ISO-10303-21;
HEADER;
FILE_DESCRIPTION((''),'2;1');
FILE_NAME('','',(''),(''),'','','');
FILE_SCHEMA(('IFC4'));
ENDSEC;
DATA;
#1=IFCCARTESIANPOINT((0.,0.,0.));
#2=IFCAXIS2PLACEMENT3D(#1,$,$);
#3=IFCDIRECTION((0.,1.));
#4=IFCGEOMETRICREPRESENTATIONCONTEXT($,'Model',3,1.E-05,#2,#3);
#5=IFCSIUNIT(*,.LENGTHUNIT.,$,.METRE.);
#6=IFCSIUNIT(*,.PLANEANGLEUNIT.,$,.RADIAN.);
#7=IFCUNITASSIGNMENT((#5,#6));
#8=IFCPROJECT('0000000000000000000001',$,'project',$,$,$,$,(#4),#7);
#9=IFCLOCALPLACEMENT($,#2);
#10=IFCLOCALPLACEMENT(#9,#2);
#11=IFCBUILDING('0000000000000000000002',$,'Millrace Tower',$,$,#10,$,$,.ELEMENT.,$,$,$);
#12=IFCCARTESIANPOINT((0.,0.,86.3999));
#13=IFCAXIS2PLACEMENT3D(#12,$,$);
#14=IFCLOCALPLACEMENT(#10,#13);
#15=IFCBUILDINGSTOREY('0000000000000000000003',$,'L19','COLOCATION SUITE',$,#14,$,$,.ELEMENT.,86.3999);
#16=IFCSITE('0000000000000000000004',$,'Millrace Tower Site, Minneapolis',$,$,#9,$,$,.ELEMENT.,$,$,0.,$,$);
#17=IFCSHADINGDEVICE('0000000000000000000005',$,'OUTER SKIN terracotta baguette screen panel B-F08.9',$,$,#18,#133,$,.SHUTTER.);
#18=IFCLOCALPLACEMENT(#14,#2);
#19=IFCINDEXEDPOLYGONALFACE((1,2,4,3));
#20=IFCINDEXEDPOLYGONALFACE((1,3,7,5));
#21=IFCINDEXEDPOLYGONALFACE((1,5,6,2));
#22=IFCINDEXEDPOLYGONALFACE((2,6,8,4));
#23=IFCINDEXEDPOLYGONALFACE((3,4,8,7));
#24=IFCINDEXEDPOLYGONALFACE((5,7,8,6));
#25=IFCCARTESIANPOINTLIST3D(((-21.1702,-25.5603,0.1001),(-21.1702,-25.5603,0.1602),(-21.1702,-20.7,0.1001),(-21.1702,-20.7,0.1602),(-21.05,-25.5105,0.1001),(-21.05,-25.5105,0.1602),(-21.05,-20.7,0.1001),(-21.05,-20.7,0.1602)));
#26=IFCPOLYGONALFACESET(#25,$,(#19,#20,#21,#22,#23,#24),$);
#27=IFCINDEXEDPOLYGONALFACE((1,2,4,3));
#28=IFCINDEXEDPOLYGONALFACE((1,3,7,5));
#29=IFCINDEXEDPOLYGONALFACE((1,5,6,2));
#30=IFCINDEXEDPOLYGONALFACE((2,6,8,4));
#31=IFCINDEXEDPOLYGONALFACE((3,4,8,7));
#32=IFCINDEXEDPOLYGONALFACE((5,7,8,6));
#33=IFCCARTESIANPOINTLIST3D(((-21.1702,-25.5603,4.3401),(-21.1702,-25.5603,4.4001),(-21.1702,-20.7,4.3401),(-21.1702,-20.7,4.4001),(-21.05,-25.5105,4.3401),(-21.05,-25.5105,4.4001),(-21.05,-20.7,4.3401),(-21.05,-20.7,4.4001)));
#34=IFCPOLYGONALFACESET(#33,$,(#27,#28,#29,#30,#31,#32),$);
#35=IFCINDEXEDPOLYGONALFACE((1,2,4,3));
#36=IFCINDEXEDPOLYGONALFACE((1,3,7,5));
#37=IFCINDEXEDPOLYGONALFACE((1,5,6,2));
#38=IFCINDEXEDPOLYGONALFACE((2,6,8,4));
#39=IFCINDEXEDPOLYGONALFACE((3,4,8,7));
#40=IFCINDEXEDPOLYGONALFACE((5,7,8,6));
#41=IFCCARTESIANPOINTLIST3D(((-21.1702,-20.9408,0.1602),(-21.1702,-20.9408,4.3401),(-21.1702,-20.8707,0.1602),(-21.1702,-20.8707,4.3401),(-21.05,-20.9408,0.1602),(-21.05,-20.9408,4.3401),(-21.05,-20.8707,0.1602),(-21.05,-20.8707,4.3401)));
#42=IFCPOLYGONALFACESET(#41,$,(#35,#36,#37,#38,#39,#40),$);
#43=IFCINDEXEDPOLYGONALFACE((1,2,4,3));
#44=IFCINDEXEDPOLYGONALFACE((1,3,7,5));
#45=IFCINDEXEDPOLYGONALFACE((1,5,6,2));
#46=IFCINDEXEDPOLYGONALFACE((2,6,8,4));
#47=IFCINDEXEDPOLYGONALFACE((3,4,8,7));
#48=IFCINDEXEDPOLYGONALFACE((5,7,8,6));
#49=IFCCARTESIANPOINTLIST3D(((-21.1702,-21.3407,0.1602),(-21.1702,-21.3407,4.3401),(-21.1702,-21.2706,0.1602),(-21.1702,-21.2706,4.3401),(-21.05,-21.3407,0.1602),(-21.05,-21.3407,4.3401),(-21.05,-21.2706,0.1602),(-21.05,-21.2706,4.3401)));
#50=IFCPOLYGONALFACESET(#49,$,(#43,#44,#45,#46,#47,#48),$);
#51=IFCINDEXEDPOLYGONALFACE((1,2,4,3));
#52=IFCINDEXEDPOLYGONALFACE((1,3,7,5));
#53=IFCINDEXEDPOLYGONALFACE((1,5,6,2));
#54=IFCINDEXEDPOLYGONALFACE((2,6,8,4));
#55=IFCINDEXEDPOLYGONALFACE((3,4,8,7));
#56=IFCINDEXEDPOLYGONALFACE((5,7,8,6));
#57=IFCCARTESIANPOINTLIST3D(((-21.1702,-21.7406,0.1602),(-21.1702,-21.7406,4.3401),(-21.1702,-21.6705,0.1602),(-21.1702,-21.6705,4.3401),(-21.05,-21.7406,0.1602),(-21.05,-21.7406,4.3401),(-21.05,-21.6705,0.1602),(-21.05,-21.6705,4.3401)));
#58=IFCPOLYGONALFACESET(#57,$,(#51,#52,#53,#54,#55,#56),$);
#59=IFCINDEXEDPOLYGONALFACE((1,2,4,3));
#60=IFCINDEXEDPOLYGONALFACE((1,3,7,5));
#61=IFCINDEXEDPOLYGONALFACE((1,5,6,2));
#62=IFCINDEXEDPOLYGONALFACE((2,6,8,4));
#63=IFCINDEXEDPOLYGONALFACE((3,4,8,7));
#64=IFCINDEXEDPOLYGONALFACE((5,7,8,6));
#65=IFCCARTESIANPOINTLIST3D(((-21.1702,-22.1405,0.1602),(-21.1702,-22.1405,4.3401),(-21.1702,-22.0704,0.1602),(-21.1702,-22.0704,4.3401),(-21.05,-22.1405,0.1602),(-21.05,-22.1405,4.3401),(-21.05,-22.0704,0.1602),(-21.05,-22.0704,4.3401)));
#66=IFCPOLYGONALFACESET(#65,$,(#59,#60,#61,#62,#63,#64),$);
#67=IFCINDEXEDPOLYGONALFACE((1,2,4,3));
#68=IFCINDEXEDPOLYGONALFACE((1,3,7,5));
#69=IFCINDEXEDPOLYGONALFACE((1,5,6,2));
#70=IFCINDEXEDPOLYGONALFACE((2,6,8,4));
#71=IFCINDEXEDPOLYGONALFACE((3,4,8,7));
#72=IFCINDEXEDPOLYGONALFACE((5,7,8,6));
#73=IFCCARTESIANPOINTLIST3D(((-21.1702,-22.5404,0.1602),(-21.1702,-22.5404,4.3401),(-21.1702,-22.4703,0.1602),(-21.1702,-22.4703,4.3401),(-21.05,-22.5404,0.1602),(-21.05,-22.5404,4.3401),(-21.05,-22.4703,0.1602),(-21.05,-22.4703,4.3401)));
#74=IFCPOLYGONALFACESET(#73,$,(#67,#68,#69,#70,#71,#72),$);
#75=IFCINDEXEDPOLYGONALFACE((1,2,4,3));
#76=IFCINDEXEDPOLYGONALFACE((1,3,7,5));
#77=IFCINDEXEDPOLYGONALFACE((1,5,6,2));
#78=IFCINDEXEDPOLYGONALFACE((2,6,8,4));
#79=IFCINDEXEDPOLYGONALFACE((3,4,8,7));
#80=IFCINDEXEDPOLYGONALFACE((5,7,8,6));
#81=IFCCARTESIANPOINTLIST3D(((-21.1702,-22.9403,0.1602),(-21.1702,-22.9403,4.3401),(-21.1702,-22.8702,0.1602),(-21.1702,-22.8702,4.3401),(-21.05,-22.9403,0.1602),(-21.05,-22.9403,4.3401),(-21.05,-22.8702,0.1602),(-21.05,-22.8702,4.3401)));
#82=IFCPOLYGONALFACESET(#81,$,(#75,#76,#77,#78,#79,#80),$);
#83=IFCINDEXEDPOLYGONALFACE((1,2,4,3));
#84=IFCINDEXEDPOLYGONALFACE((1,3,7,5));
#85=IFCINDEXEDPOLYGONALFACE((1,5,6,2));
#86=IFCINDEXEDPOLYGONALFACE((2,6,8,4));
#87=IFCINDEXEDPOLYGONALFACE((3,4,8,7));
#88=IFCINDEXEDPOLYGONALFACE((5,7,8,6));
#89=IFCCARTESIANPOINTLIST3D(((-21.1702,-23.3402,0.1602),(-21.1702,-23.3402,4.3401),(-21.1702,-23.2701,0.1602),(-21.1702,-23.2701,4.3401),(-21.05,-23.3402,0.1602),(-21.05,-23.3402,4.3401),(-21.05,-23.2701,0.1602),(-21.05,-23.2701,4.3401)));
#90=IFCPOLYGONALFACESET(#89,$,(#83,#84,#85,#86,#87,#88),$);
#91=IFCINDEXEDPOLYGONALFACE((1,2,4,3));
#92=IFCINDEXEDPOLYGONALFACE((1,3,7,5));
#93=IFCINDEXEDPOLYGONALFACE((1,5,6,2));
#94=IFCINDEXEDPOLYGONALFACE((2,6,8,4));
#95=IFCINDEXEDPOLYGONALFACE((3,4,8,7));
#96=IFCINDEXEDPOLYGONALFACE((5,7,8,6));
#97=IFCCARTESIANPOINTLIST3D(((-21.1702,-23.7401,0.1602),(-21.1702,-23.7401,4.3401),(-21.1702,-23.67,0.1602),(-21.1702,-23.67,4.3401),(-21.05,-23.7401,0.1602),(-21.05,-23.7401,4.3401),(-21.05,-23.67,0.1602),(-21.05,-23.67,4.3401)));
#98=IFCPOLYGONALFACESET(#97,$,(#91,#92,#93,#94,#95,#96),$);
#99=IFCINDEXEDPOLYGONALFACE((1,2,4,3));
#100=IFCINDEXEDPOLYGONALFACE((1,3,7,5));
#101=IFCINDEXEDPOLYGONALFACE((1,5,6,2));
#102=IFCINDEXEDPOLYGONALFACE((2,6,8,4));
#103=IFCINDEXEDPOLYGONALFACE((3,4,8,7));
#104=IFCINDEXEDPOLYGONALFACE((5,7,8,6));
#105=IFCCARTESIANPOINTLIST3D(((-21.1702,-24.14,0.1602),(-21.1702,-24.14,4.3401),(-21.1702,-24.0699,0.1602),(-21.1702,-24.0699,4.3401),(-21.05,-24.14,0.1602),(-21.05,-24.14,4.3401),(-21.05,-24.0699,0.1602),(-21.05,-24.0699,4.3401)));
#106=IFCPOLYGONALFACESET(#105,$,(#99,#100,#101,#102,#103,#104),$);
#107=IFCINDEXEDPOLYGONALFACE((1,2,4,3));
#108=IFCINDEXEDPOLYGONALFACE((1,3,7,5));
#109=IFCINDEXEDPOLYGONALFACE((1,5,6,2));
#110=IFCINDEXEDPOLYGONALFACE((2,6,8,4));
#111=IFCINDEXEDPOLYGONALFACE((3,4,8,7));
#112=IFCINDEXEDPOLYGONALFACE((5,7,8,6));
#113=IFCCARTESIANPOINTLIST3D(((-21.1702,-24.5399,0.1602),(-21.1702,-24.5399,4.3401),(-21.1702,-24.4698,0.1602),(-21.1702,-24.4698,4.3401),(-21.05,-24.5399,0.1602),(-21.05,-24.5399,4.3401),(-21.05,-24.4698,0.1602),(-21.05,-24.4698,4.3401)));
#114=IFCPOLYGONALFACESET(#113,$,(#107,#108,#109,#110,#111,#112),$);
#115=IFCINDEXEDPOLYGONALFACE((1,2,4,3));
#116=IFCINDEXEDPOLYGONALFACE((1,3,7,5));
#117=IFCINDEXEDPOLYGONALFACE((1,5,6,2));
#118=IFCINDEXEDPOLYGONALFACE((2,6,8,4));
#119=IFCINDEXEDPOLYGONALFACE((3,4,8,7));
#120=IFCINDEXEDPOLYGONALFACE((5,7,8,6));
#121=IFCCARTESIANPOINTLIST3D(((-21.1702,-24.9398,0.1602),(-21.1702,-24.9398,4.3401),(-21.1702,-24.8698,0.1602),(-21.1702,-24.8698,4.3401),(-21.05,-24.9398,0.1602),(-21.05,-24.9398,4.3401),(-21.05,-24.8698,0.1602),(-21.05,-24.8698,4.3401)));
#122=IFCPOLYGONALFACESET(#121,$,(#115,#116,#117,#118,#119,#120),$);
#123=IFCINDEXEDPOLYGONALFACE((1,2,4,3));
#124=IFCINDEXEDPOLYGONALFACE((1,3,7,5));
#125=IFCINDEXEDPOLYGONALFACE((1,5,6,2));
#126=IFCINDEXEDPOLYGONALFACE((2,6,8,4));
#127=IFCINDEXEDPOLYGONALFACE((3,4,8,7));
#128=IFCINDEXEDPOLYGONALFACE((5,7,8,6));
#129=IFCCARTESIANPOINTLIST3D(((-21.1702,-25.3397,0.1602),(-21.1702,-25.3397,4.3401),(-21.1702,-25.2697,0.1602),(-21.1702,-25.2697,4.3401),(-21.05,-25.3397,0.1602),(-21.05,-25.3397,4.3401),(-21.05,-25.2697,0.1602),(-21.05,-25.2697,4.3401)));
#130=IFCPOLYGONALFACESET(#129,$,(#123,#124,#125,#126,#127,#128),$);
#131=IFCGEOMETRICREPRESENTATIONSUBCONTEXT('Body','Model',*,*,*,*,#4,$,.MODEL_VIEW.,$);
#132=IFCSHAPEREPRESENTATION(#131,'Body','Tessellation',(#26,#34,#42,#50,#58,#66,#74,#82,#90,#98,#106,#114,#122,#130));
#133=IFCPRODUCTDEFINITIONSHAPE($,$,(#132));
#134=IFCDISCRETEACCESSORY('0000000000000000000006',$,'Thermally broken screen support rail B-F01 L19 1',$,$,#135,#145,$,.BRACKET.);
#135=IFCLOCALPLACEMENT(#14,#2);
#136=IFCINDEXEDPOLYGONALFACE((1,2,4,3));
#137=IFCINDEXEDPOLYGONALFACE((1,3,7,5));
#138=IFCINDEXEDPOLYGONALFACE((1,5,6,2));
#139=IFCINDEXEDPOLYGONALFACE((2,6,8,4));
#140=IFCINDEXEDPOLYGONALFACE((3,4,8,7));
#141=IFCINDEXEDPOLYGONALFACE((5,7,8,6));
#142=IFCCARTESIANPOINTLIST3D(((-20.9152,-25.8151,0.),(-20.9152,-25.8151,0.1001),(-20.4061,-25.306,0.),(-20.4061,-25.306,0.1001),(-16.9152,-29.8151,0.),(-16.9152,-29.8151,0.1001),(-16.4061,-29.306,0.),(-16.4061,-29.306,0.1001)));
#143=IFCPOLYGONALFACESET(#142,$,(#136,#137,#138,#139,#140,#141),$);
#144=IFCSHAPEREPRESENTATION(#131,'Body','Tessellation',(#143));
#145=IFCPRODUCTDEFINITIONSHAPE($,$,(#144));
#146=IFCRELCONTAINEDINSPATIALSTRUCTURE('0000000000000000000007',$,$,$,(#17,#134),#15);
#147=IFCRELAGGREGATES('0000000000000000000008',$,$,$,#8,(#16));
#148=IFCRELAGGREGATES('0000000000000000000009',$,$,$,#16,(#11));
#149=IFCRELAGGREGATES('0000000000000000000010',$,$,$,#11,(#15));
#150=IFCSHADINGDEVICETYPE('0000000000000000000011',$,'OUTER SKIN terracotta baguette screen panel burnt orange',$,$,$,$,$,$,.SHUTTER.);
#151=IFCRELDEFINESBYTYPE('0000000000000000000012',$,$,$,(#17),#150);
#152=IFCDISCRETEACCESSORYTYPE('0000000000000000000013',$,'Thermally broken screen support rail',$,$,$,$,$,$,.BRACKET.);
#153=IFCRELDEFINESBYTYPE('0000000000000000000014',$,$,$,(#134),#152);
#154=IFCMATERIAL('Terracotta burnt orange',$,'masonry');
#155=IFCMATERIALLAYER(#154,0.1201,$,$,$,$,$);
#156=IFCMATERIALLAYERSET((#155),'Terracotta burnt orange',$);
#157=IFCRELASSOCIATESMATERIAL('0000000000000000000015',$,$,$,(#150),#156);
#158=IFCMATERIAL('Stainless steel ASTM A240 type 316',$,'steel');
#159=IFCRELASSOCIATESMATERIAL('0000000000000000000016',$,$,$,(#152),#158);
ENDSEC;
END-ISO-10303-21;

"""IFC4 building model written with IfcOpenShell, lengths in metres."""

from ifc_helpers import new_model, entity, si_unit, direction, frame, frame_2d, origin, origin_2d, place, context, subcontext, project, spatial, rectangle, extrude, source, transform, mapped, material, layer, layer_set, type_object, element, save


model = new_model("IFC4")

# Units and contexts
model_context = context("Model", 3, precision=1e-05, world=origin(), true_north=direction((0.0, 1.0)))
body_context = subcontext(model_context, "Body", "Model", "MODEL_VIEW")
ifc_project = project(units=[si_unit("LENGTHUNIT", "METRE"), si_unit("PLANEANGLEUNIT", "RADIAN")], contexts=[model_context])

# Site, building, storey
site_placement = place(None, origin())
site = spatial("IfcSite", under=ifc_project, at=site_placement, Name="Millrace Tower Site, Minneapolis", CompositionType="ELEMENT", RefElevation=0.0)
building_placement = place(site_placement, origin())
building = spatial("IfcBuilding", under=site, at=building_placement, Name="Millrace Tower", CompositionType="ELEMENT")
storey_placement = place(building_placement, frame((0.0, 0.0, 86.3999)))
storey = spatial("IfcBuildingStorey", under=building, at=storey_placement, Name="L19", Description="COLOCATION SUITE", CompositionType="ELEMENT", Elevation=86.3999)

# Shading device
ifc_material_1 = material(Name="Terracotta burnt orange", Category="masonry")
ifc_layer_1 = layer(ifc_material_1, 0.1201)
ifc_layer_set_1 = layer_set([ifc_layer_1], Name="Terracotta burnt orange")
shading_device_type = type_object("IfcShadingDeviceType", Name="OUTER SKIN terracotta baguette screen panel burnt orange", PredefinedType="SHUTTER", material=ifc_layer_set_1)
cartesian_point_1 = entity("IfcCartesianPoint", [-2.4177, 0.0601])
shared_polyline_1 = entity("IfcPolyline", [cartesian_point_1, entity("IfcCartesianPoint", [2.3928, 0.0601]), entity("IfcCartesianPoint", [2.4426, -0.0601]), entity("IfcCartesianPoint", [-2.4177, -0.0601]), cartesian_point_1])
shared_shape_1 = source(origin(), body_context, "Body", "SweptSolid", [
    entity("IfcExtrudedAreaSolid", entity("IfcArbitraryClosedProfileDef", "AREA", None, shared_polyline_1), entity("IfcAxis2Placement3D", entity("IfcCartesianPoint", [0.0, 0.0, 0.0])), entity("IfcDirection", [0.0, 0.0, 1.0]), 0.0601),
    entity("IfcExtrudedAreaSolid", entity("IfcArbitraryClosedProfileDef", "AREA", None, shared_polyline_1), entity("IfcAxis2Placement3D", entity("IfcCartesianPoint", [0.0, 0.0, 4.24])), entity("IfcDirection", [0.0, 0.0, 1.0]), 0.0601),
    extrude(rectangle(XDim=0.0701, YDim=0.1201, at=frame_2d((-2.2119, 0.0))), frame((0.0, 0.0, 0.0601)), (0.0, 0.0, 1.0), 4.1799),
    extrude(rectangle(XDim=0.0701, YDim=0.1201, at=frame_2d((-1.812, 0.0))), frame((0.0, 0.0, 0.0601)), (0.0, 0.0, 1.0), 4.1799),
    extrude(rectangle(XDim=0.0701, YDim=0.1201, at=frame_2d((-1.4121, 0.0))), frame((0.0, 0.0, 0.0601)), (0.0, 0.0, 1.0), 4.1799),
    extrude(rectangle(XDim=0.0701, YDim=0.1201, at=frame_2d((-1.0122, 0.0))), frame((0.0, 0.0, 0.0601)), (0.0, 0.0, 1.0), 4.1799),
    extrude(rectangle(XDim=0.0701, YDim=0.1201, at=frame_2d((-0.6123, 0.0))), frame((0.0, 0.0, 0.0601)), (0.0, 0.0, 1.0), 4.1799),
    extrude(rectangle(XDim=0.0701, YDim=0.1201, at=frame_2d((-0.2124, 0.0))), frame((0.0, 0.0, 0.0601)), (0.0, 0.0, 1.0), 4.1799),
    extrude(rectangle(XDim=0.0701, YDim=0.1201, at=frame_2d((0.1875, 0.0))), frame((0.0, 0.0, 0.0601)), (0.0, 0.0, 1.0), 4.1799),
    extrude(rectangle(XDim=0.0701, YDim=0.1201, at=frame_2d((0.5874, 0.0))), frame((0.0, 0.0, 0.0601)), (0.0, 0.0, 1.0), 4.1799),
    extrude(rectangle(XDim=0.0701, YDim=0.1201, at=frame_2d((0.9873, 0.0))), frame((0.0, 0.0, 0.0601)), (0.0, 0.0, 1.0), 4.1799),
    extrude(rectangle(XDim=0.0701, YDim=0.1201, at=frame_2d((1.3872, 0.0))), frame((0.0, 0.0, 0.0601)), (0.0, 0.0, 1.0), 4.1799),
    extrude(rectangle(XDim=0.0701, YDim=0.1201, at=frame_2d((1.7871, 0.0))), frame((0.0, 0.0, 0.0601)), (0.0, 0.0, 1.0), 4.1799),
    extrude(rectangle(XDim=0.0701, YDim=0.1201, at=frame_2d((2.187, 0.0))), frame((0.0, 0.0, 0.0601)), (0.0, 0.0, 1.0), 4.1799),
])
shading_device_1_placement = place(storey_placement, frame((-21.1101, -23.1177, 0.1001), z_axis=(0.0, 0.0, 1.0), x_axis=(0.0, -1.0, 0.0)))
element("IfcShadingDevice", 1, at=shading_device_1_placement, inside=storey, type_object=shading_device_type, Name="OUTER SKIN terracotta baguette screen panel B-F08.9", PredefinedType="SHUTTER", context=body_context, shape_type="MappedRepresentation", body=[
    mapped(shared_shape_1, transform((0.0, 0.0, 0.0), scale=1.0)),
])

# Discrete accessory
ifc_material_2 = material(Name="Stainless steel ASTM A240 type 316", Category="steel")
discrete_accessory_type = type_object("IfcDiscreteAccessoryType", Name="Thermally broken screen support rail", PredefinedType="BRACKET", material=ifc_material_2)
discrete_accessory_placement = place(storey_placement, frame((-18.6606, -27.5605, 0.0), z_axis=(0.0, 0.0, 1.0), x_axis=(0.707107, -0.707107, 0.0)))
element("IfcDiscreteAccessory", 2, at=discrete_accessory_placement, inside=storey, type_object=discrete_accessory_type, Name="Thermally broken screen support rail B-F01 L19 1", PredefinedType="BRACKET", context=body_context, shape_type="SweptSolid", body=[
    extrude(rectangle(XDim=5.6567, YDim=0.72, at=origin_2d()), origin(), (0.0, 0.0, 1.0), 0.1001),
])

save(model, "model.ifc")
